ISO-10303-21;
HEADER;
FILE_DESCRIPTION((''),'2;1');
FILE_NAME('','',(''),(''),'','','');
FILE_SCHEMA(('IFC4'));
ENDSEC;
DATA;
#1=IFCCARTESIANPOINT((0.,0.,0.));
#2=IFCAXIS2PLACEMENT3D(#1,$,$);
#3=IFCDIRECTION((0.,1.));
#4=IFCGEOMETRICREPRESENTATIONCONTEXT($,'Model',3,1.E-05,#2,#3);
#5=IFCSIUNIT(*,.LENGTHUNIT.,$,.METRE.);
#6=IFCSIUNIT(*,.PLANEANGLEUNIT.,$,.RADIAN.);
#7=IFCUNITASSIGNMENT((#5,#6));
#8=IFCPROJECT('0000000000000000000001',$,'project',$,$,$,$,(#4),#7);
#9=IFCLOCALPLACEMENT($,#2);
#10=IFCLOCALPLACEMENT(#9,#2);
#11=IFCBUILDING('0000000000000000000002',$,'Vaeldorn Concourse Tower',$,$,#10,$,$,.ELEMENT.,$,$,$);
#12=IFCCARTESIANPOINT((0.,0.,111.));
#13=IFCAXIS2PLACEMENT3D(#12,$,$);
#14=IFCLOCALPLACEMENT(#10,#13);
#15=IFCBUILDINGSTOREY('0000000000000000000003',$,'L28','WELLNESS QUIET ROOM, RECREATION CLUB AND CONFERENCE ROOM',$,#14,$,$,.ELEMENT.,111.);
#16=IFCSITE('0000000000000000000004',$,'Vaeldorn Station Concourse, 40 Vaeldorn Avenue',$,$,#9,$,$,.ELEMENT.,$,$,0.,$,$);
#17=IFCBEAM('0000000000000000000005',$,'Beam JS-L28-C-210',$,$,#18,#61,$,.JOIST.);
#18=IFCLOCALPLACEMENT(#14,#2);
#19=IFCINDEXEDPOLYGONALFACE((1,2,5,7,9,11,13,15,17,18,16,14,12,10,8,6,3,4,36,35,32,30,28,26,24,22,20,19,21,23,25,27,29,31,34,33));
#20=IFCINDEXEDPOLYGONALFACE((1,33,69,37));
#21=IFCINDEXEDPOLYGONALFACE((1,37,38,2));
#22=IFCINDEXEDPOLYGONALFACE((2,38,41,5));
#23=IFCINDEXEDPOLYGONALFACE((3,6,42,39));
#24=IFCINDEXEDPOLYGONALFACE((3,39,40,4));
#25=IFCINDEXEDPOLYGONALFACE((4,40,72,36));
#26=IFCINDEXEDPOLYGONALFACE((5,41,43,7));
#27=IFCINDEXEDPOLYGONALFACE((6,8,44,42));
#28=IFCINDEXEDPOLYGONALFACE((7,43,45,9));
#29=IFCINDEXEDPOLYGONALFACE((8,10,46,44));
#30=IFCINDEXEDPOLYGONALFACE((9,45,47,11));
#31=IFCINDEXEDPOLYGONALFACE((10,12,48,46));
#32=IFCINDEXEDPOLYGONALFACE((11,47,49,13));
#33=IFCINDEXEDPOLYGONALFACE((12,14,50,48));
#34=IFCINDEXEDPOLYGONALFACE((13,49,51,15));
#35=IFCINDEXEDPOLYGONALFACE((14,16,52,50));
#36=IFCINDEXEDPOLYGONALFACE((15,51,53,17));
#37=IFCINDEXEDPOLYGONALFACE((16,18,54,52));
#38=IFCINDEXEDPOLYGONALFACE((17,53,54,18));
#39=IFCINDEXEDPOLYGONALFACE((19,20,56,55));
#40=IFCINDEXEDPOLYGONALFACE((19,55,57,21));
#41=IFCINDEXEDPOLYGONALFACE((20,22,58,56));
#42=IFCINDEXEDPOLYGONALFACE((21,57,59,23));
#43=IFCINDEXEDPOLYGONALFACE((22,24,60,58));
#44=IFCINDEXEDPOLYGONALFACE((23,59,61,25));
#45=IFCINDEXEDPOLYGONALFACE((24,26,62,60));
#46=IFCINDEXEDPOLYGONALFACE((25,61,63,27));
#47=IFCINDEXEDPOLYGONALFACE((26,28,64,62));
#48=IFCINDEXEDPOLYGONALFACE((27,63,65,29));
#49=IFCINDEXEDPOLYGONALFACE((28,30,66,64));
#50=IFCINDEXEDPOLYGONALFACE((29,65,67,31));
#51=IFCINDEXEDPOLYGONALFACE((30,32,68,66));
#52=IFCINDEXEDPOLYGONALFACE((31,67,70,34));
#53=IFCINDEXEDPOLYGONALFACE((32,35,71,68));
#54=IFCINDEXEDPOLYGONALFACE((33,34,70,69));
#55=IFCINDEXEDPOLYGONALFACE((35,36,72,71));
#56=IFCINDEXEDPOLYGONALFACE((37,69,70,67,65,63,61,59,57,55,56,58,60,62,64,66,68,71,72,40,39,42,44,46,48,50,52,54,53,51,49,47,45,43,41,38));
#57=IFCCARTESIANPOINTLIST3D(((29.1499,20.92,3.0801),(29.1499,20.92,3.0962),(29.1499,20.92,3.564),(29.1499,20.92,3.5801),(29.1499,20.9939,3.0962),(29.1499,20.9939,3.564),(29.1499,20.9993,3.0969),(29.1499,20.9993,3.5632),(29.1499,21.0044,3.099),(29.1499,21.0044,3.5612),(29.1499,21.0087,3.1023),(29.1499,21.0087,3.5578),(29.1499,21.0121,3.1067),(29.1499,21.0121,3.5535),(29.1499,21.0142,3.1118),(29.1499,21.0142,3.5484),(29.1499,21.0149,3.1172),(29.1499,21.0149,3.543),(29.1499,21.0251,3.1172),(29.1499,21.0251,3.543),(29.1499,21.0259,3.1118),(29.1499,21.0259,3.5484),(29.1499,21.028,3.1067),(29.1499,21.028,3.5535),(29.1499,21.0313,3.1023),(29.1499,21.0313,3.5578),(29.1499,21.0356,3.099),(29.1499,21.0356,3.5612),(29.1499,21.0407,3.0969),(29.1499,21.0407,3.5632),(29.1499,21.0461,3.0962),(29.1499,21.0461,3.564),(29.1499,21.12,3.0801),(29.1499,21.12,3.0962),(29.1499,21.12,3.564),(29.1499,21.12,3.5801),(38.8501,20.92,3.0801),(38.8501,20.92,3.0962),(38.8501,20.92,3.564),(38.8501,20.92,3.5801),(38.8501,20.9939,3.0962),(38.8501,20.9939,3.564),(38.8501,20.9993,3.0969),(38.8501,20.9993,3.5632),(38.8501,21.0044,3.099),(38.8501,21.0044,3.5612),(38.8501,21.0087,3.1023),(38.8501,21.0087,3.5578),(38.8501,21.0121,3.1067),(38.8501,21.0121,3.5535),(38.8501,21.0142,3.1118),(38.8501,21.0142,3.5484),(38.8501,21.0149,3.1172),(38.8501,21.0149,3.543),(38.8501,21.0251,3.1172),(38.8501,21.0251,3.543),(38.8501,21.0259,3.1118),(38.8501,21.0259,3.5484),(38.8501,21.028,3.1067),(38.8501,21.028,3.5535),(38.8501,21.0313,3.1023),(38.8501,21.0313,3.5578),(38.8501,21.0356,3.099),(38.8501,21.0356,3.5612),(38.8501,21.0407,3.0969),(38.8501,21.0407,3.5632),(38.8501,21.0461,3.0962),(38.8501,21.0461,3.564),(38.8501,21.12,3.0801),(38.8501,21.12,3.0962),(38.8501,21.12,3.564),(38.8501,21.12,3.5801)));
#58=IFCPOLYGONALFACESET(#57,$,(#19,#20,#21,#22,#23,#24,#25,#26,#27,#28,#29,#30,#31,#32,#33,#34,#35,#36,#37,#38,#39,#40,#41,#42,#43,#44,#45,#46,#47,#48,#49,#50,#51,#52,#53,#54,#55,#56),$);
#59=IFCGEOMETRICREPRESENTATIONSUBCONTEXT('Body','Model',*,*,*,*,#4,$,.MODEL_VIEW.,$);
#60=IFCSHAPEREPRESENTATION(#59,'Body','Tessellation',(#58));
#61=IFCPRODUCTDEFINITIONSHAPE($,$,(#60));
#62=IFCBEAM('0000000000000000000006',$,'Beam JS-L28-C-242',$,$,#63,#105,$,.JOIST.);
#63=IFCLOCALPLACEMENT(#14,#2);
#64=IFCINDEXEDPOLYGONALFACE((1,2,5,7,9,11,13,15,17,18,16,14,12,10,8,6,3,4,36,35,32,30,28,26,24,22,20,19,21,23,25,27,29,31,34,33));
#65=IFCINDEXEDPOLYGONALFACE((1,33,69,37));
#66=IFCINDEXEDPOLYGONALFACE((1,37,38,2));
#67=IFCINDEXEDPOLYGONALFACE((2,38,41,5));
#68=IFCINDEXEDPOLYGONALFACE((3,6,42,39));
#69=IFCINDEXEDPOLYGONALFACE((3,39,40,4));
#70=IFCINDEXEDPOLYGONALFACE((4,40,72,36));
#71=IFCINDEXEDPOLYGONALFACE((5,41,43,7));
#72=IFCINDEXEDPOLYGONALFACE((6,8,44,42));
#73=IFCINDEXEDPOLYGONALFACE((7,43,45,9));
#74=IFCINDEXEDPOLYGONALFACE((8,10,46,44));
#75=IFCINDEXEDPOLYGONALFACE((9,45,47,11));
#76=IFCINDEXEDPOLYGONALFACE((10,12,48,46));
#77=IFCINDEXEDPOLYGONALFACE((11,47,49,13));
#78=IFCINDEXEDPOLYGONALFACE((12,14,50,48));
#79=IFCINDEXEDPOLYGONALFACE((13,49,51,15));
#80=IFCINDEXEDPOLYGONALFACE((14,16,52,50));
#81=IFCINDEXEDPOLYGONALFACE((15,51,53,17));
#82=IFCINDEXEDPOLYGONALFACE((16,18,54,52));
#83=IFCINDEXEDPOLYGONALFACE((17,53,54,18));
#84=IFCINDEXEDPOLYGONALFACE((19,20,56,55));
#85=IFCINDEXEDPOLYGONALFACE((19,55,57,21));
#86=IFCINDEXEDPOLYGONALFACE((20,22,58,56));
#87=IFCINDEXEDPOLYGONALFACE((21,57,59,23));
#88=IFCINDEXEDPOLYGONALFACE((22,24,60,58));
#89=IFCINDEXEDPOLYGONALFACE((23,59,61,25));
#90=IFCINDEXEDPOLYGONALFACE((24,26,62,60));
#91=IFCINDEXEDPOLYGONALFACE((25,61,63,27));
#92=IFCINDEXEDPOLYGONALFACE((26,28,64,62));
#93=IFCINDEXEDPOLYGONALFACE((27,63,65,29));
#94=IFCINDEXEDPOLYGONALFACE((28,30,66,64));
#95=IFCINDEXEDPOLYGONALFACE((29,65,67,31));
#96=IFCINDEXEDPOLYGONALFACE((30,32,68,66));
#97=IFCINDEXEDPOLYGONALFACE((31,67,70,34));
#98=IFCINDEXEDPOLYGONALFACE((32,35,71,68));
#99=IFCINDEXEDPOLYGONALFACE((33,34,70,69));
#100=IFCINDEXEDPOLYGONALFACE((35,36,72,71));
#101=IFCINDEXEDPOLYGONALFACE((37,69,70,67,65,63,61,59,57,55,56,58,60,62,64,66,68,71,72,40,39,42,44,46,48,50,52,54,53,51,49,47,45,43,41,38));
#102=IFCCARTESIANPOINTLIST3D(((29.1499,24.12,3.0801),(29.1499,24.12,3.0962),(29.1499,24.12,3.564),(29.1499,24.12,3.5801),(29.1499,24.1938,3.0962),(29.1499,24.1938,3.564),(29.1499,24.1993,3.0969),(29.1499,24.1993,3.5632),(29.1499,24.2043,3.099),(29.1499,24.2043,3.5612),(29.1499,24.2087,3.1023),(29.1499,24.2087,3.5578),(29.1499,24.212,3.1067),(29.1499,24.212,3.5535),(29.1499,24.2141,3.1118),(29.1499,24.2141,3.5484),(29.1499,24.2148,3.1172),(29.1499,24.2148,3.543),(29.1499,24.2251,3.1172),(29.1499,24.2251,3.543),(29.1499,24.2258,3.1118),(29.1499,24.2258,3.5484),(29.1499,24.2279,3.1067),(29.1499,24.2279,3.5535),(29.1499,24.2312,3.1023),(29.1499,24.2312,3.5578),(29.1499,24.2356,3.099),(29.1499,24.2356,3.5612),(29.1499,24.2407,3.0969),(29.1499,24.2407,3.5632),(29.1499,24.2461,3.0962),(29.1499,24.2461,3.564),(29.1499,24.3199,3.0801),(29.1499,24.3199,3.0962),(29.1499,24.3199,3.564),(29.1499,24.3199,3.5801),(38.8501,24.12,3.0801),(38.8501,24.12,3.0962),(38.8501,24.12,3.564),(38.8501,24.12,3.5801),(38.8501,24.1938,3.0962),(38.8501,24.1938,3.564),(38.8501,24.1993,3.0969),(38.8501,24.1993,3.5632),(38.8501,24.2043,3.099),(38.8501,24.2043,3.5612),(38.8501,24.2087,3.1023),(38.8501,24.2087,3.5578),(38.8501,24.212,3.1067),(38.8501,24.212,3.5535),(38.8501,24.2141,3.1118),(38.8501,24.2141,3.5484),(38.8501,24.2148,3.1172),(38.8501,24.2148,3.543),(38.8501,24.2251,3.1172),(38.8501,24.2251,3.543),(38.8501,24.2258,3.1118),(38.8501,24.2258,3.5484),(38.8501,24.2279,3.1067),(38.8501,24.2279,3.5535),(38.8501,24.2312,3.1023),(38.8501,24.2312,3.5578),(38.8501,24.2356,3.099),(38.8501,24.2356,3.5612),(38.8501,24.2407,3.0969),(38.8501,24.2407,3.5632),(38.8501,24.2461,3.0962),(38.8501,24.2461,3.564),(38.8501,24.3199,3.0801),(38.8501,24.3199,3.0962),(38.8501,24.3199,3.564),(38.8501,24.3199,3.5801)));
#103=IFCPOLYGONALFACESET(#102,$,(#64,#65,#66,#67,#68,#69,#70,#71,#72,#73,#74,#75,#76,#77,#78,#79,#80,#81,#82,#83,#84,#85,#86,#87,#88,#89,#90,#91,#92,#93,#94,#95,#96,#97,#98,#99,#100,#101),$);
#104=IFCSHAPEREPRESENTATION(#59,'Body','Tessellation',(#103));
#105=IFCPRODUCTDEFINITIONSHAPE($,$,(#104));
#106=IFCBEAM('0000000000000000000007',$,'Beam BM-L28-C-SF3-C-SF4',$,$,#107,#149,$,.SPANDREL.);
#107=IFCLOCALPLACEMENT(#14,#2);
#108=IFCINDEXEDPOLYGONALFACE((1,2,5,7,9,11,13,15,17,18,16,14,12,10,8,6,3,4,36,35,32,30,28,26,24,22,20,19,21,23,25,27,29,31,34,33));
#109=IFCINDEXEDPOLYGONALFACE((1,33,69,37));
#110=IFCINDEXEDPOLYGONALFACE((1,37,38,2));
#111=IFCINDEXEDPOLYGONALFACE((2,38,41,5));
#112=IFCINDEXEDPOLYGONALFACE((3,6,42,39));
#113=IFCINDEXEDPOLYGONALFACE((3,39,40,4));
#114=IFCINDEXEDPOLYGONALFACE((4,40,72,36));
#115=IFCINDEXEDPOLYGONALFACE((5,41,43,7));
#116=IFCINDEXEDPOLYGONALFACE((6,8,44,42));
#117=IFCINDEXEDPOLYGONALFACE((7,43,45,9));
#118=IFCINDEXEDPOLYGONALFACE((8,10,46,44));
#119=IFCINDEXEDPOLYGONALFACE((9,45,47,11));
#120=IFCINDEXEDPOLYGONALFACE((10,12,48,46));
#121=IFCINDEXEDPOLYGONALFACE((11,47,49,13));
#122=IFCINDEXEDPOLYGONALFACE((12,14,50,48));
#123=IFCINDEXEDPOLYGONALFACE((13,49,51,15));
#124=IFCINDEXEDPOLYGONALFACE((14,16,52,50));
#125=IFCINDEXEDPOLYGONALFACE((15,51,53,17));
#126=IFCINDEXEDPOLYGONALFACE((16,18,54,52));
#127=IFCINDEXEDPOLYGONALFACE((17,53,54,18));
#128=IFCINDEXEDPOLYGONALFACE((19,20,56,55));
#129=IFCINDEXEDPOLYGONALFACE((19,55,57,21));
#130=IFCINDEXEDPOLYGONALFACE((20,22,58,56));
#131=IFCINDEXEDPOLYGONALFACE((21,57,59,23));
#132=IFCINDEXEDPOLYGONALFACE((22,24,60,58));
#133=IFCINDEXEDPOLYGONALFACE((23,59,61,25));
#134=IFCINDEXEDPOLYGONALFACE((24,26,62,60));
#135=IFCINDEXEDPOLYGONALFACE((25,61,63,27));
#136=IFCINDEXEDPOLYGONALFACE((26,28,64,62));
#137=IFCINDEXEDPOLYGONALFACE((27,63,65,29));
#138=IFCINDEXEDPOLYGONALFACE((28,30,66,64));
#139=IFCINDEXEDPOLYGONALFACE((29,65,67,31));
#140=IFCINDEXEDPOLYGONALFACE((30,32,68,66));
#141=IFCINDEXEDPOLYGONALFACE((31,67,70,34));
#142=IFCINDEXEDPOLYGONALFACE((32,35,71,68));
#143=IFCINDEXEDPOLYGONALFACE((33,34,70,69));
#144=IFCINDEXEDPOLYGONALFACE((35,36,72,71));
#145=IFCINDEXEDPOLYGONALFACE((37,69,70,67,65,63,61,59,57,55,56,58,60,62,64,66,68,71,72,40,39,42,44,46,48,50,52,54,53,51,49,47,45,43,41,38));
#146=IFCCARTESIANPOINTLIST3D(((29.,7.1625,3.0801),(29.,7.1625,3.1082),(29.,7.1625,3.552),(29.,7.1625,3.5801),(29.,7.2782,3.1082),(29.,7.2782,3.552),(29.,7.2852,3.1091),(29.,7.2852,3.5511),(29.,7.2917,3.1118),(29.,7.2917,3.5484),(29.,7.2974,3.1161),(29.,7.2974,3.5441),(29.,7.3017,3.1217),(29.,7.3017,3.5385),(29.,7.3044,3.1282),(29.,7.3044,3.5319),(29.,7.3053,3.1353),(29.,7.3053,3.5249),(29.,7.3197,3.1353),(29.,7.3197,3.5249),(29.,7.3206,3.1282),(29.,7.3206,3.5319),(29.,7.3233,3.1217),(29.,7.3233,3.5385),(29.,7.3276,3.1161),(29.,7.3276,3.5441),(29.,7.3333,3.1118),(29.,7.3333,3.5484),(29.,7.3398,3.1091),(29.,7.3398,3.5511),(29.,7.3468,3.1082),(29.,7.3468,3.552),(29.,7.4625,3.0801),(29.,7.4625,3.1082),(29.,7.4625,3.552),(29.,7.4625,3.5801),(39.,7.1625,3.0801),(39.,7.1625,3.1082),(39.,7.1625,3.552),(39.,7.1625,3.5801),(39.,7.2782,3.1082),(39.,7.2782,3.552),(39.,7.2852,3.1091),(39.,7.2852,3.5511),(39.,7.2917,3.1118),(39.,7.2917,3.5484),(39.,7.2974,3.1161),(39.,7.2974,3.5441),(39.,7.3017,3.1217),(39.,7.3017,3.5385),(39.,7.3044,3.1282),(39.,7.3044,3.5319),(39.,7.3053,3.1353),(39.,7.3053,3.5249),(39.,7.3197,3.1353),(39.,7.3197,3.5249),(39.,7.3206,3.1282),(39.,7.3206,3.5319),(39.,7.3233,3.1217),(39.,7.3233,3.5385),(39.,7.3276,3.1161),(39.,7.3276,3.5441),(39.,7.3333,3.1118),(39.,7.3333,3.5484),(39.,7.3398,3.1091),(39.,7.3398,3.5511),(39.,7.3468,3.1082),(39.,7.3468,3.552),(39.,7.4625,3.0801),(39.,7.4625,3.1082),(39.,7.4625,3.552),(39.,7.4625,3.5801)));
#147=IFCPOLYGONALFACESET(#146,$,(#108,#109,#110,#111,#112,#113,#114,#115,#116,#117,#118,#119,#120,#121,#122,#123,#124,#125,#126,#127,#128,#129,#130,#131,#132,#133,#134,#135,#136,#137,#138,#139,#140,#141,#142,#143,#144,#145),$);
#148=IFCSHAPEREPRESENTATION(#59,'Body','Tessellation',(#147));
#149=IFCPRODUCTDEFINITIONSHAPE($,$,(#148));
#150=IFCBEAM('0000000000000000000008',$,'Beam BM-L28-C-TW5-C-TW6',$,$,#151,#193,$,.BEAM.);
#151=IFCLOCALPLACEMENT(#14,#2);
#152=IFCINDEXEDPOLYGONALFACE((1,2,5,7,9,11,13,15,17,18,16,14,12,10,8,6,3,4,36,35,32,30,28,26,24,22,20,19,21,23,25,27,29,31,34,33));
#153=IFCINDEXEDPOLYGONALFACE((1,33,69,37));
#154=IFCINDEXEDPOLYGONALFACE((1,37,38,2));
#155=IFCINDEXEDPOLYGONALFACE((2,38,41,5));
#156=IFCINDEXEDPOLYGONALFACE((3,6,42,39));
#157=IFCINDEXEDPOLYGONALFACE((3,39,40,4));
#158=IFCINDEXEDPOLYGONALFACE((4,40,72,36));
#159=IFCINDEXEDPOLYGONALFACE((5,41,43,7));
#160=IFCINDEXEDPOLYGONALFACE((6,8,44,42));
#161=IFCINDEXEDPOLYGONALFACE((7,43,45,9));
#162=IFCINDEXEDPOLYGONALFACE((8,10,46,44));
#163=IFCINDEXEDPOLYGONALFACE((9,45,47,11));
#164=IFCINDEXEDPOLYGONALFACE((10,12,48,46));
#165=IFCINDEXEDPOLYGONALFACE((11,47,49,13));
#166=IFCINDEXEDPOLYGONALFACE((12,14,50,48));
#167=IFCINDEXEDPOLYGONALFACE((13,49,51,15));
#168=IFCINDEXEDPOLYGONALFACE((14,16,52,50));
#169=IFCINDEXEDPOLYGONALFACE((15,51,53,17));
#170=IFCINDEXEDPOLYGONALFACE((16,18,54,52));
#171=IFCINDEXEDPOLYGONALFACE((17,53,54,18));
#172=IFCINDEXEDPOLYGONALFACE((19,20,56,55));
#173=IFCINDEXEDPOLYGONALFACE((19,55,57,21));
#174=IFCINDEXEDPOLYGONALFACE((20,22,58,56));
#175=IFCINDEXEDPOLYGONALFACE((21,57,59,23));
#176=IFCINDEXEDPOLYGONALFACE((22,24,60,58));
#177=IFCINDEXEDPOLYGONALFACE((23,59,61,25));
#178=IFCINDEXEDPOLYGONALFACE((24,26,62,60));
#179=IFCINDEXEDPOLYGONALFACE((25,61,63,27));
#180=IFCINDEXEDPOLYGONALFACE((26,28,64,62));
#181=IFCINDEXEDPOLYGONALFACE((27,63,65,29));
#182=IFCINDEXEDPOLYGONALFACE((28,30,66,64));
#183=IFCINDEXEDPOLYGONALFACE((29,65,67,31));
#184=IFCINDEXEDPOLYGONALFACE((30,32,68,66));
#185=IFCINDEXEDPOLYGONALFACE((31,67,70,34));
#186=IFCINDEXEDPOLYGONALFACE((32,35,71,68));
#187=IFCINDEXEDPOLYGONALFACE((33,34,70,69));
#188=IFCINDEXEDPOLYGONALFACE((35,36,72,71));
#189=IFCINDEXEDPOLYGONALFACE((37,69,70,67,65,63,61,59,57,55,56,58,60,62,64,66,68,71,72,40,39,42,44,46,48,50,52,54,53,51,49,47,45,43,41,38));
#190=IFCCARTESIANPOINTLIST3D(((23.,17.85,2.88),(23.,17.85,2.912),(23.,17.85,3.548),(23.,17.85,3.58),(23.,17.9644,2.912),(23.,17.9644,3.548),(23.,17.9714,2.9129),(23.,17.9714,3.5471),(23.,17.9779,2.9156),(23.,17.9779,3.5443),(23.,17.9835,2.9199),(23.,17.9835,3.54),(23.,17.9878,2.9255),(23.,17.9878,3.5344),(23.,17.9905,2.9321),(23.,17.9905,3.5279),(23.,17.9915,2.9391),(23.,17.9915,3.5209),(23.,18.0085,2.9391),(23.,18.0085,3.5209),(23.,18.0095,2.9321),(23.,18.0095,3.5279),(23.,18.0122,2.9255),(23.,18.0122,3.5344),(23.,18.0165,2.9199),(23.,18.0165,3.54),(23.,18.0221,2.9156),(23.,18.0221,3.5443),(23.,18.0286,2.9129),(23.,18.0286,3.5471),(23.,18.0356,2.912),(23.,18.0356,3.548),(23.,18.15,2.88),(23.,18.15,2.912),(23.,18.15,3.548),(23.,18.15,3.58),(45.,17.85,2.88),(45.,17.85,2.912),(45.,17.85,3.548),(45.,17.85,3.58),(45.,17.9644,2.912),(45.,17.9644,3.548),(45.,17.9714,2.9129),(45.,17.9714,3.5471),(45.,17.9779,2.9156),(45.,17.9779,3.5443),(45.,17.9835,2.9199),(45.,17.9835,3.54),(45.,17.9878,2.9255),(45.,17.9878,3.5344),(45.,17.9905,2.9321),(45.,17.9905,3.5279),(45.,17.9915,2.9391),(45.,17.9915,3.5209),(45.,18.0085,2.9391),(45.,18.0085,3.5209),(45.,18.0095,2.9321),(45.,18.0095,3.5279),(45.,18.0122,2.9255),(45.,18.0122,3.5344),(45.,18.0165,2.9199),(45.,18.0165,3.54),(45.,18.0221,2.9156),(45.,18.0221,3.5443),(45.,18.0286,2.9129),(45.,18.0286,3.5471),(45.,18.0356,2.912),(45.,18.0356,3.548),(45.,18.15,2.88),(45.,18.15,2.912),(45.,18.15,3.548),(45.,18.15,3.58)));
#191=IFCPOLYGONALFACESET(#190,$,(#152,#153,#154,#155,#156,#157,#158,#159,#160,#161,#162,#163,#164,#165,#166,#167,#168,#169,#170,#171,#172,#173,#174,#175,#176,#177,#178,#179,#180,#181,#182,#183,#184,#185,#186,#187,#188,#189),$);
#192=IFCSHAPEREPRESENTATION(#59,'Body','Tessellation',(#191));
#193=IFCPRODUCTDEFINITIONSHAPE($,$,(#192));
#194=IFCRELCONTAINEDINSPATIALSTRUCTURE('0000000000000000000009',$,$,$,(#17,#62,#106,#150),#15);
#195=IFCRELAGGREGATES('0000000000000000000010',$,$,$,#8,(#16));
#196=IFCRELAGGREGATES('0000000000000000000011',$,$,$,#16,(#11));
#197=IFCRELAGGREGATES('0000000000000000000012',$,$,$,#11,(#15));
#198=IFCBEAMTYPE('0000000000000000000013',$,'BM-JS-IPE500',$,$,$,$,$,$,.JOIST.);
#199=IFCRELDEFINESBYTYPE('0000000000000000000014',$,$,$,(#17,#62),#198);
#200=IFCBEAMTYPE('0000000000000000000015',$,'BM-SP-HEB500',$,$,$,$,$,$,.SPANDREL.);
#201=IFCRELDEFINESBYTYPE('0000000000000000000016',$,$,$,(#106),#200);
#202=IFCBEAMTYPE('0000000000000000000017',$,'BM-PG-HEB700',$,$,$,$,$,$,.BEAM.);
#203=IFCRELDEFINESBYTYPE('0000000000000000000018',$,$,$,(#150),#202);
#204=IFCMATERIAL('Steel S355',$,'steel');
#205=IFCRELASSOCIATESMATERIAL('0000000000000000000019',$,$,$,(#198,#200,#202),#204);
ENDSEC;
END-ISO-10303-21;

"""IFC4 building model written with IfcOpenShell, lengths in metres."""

from ifc_helpers import new_model, si_unit, direction, frame, origin, origin_2d, place, context, subcontext, project, spatial, i_section, extrude, source, transform, mapped, material, material_profile, profile_set, type_object, element, save


model = new_model("IFC4")

# Units and contexts
model_context = context("Model", 3, precision=1e-05, world=origin(), true_north=direction((0.0, 1.0)))
body_context = subcontext(model_context, "Body", "Model", "MODEL_VIEW")
ifc_project = project(units=[si_unit("LENGTHUNIT", "METRE"), si_unit("PLANEANGLEUNIT", "RADIAN")], contexts=[model_context])

# Site, building, storey
site_placement = place(None, origin())
site = spatial("IfcSite", under=ifc_project, at=site_placement, Name="Vaeldorn Station Concourse, 40 Vaeldorn Avenue", CompositionType="ELEMENT", RefElevation=0.0)
building_placement = place(site_placement, origin())
building = spatial("IfcBuilding", under=site, at=building_placement, Name="Vaeldorn Concourse Tower", CompositionType="ELEMENT")
storey_placement = place(building_placement, frame((0.0, 0.0, 111.0)))
storey = spatial("IfcBuildingStorey", under=building, at=storey_placement, Name="L28", Description="WELLNESS QUIET ROOM, RECREATION CLUB AND CONFERENCE ROOM", CompositionType="ELEMENT", Elevation=111.0)

# Beams
ifc_material_1 = material(Name="Steel S355", Category="steel")
ifc_material_profile_1 = material_profile(ifc_material_1, i_section(OverallWidth=0.2, OverallDepth=0.5, WebThickness=0.0103, FlangeThickness=0.0161, FilletRadius=0.021, at=origin_2d()), Name="IPE 500")
ifc_profile_set_1 = profile_set([ifc_material_profile_1], Name="Steel S355")
beam_type_1 = type_object("IfcBeamType", Name="BM-JS-IPE500", PredefinedType="JOIST", material=ifc_profile_set_1)
shared_shape_1 = source(origin(), body_context, "Body", "SweptSolid", [
    extrude(i_section(OverallWidth=0.2, OverallDepth=0.5, WebThickness=0.0103, FlangeThickness=0.0161, FilletRadius=0.021, at=origin_2d()), origin(), (0.0, 0.0, 1.0), 9.7002),
])
for number, where, z_axis, x_axis, name in (
    (1, (29.1499, 21.02, 3.3301), (1.0, 0.0, 0.0), (0.0, 1.0, 0.0), "Beam JS-L28-C-210"),
    (2, (29.1499, 24.22, 3.3301), (1.0, 0.0, 0.0), (0.0, 1.0, 0.0), "Beam JS-L28-C-242"),
):
    element("IfcBeam", number, at=place(storey_placement, frame(where, z_axis=z_axis, x_axis=x_axis)), inside=storey, type_object=beam_type_1, Name=name, PredefinedType="JOIST", context=body_context, shape_type="MappedRepresentation", body=[
        mapped(shared_shape_1, transform((0.0, 0.0, 0.0), scale=1.0)),
    ])
ifc_material_profile_2 = material_profile(ifc_material_1, i_section(OverallWidth=0.3, OverallDepth=0.5, WebThickness=0.0144, FlangeThickness=0.0281, FilletRadius=0.0271, at=origin_2d()), Name="HEB 500")
ifc_profile_set_2 = profile_set([ifc_material_profile_2], Name="Steel S355")
beam_type_2 = type_object("IfcBeamType", Name="BM-SP-HEB500", PredefinedType="SPANDREL", material=ifc_profile_set_2)
shared_shape_2 = source(origin(), body_context, "Body", "SweptSolid", [
    extrude(i_section(OverallWidth=0.3, OverallDepth=0.5, WebThickness=0.0144, FlangeThickness=0.0281, FilletRadius=0.0271, at=origin_2d()), origin(), (0.0, 0.0, 1.0), 10.0),
])
beam_1_placement = place(storey_placement, frame((29.0, 7.3125, 3.3301), z_axis=(1.0, 0.0, 0.0), x_axis=(0.0, 1.0, 0.0)))
element("IfcBeam", 3, at=beam_1_placement, inside=storey, type_object=beam_type_2, Name="Beam BM-L28-C-SF3-C-SF4", PredefinedType="SPANDREL", context=body_context, shape_type="MappedRepresentation", body=[
    mapped(shared_shape_2, transform((0.0, 0.0, 0.0), scale=1.0)),
])
ifc_material_profile_3 = material_profile(ifc_material_1, i_section(OverallWidth=0.3, OverallDepth=0.7, WebThickness=0.0171, FlangeThickness=0.032, FilletRadius=0.0271, at=origin_2d()), Name="HEB 700")
ifc_profile_set_3 = profile_set([ifc_material_profile_3], Name="Steel S355")
beam_type_3 = type_object("IfcBeamType", Name="BM-PG-HEB700", PredefinedType="BEAM", material=ifc_profile_set_3)
shared_shape_3 = source(origin(), body_context, "Body", "SweptSolid", [
    extrude(i_section(OverallWidth=0.3, OverallDepth=0.7, WebThickness=0.0171, FlangeThickness=0.032, FilletRadius=0.0271, at=origin_2d()), origin(), (0.0, 0.0, 1.0), 22.0),
])
beam_2_placement = place(storey_placement, frame((23.0, 18.0, 3.23), z_axis=(1.0, 0.0, 0.0), x_axis=(0.0, 1.0, 0.0)))
element("IfcBeam", 4, at=beam_2_placement, inside=storey, type_object=beam_type_3, Name="Beam BM-L28-C-TW5-C-TW6", PredefinedType="BEAM", context=body_context, shape_type="MappedRepresentation", body=[
    mapped(shared_shape_3, transform((0.0, 0.0, 0.0), scale=1.0)),
])

save(model, "model.ifc")
